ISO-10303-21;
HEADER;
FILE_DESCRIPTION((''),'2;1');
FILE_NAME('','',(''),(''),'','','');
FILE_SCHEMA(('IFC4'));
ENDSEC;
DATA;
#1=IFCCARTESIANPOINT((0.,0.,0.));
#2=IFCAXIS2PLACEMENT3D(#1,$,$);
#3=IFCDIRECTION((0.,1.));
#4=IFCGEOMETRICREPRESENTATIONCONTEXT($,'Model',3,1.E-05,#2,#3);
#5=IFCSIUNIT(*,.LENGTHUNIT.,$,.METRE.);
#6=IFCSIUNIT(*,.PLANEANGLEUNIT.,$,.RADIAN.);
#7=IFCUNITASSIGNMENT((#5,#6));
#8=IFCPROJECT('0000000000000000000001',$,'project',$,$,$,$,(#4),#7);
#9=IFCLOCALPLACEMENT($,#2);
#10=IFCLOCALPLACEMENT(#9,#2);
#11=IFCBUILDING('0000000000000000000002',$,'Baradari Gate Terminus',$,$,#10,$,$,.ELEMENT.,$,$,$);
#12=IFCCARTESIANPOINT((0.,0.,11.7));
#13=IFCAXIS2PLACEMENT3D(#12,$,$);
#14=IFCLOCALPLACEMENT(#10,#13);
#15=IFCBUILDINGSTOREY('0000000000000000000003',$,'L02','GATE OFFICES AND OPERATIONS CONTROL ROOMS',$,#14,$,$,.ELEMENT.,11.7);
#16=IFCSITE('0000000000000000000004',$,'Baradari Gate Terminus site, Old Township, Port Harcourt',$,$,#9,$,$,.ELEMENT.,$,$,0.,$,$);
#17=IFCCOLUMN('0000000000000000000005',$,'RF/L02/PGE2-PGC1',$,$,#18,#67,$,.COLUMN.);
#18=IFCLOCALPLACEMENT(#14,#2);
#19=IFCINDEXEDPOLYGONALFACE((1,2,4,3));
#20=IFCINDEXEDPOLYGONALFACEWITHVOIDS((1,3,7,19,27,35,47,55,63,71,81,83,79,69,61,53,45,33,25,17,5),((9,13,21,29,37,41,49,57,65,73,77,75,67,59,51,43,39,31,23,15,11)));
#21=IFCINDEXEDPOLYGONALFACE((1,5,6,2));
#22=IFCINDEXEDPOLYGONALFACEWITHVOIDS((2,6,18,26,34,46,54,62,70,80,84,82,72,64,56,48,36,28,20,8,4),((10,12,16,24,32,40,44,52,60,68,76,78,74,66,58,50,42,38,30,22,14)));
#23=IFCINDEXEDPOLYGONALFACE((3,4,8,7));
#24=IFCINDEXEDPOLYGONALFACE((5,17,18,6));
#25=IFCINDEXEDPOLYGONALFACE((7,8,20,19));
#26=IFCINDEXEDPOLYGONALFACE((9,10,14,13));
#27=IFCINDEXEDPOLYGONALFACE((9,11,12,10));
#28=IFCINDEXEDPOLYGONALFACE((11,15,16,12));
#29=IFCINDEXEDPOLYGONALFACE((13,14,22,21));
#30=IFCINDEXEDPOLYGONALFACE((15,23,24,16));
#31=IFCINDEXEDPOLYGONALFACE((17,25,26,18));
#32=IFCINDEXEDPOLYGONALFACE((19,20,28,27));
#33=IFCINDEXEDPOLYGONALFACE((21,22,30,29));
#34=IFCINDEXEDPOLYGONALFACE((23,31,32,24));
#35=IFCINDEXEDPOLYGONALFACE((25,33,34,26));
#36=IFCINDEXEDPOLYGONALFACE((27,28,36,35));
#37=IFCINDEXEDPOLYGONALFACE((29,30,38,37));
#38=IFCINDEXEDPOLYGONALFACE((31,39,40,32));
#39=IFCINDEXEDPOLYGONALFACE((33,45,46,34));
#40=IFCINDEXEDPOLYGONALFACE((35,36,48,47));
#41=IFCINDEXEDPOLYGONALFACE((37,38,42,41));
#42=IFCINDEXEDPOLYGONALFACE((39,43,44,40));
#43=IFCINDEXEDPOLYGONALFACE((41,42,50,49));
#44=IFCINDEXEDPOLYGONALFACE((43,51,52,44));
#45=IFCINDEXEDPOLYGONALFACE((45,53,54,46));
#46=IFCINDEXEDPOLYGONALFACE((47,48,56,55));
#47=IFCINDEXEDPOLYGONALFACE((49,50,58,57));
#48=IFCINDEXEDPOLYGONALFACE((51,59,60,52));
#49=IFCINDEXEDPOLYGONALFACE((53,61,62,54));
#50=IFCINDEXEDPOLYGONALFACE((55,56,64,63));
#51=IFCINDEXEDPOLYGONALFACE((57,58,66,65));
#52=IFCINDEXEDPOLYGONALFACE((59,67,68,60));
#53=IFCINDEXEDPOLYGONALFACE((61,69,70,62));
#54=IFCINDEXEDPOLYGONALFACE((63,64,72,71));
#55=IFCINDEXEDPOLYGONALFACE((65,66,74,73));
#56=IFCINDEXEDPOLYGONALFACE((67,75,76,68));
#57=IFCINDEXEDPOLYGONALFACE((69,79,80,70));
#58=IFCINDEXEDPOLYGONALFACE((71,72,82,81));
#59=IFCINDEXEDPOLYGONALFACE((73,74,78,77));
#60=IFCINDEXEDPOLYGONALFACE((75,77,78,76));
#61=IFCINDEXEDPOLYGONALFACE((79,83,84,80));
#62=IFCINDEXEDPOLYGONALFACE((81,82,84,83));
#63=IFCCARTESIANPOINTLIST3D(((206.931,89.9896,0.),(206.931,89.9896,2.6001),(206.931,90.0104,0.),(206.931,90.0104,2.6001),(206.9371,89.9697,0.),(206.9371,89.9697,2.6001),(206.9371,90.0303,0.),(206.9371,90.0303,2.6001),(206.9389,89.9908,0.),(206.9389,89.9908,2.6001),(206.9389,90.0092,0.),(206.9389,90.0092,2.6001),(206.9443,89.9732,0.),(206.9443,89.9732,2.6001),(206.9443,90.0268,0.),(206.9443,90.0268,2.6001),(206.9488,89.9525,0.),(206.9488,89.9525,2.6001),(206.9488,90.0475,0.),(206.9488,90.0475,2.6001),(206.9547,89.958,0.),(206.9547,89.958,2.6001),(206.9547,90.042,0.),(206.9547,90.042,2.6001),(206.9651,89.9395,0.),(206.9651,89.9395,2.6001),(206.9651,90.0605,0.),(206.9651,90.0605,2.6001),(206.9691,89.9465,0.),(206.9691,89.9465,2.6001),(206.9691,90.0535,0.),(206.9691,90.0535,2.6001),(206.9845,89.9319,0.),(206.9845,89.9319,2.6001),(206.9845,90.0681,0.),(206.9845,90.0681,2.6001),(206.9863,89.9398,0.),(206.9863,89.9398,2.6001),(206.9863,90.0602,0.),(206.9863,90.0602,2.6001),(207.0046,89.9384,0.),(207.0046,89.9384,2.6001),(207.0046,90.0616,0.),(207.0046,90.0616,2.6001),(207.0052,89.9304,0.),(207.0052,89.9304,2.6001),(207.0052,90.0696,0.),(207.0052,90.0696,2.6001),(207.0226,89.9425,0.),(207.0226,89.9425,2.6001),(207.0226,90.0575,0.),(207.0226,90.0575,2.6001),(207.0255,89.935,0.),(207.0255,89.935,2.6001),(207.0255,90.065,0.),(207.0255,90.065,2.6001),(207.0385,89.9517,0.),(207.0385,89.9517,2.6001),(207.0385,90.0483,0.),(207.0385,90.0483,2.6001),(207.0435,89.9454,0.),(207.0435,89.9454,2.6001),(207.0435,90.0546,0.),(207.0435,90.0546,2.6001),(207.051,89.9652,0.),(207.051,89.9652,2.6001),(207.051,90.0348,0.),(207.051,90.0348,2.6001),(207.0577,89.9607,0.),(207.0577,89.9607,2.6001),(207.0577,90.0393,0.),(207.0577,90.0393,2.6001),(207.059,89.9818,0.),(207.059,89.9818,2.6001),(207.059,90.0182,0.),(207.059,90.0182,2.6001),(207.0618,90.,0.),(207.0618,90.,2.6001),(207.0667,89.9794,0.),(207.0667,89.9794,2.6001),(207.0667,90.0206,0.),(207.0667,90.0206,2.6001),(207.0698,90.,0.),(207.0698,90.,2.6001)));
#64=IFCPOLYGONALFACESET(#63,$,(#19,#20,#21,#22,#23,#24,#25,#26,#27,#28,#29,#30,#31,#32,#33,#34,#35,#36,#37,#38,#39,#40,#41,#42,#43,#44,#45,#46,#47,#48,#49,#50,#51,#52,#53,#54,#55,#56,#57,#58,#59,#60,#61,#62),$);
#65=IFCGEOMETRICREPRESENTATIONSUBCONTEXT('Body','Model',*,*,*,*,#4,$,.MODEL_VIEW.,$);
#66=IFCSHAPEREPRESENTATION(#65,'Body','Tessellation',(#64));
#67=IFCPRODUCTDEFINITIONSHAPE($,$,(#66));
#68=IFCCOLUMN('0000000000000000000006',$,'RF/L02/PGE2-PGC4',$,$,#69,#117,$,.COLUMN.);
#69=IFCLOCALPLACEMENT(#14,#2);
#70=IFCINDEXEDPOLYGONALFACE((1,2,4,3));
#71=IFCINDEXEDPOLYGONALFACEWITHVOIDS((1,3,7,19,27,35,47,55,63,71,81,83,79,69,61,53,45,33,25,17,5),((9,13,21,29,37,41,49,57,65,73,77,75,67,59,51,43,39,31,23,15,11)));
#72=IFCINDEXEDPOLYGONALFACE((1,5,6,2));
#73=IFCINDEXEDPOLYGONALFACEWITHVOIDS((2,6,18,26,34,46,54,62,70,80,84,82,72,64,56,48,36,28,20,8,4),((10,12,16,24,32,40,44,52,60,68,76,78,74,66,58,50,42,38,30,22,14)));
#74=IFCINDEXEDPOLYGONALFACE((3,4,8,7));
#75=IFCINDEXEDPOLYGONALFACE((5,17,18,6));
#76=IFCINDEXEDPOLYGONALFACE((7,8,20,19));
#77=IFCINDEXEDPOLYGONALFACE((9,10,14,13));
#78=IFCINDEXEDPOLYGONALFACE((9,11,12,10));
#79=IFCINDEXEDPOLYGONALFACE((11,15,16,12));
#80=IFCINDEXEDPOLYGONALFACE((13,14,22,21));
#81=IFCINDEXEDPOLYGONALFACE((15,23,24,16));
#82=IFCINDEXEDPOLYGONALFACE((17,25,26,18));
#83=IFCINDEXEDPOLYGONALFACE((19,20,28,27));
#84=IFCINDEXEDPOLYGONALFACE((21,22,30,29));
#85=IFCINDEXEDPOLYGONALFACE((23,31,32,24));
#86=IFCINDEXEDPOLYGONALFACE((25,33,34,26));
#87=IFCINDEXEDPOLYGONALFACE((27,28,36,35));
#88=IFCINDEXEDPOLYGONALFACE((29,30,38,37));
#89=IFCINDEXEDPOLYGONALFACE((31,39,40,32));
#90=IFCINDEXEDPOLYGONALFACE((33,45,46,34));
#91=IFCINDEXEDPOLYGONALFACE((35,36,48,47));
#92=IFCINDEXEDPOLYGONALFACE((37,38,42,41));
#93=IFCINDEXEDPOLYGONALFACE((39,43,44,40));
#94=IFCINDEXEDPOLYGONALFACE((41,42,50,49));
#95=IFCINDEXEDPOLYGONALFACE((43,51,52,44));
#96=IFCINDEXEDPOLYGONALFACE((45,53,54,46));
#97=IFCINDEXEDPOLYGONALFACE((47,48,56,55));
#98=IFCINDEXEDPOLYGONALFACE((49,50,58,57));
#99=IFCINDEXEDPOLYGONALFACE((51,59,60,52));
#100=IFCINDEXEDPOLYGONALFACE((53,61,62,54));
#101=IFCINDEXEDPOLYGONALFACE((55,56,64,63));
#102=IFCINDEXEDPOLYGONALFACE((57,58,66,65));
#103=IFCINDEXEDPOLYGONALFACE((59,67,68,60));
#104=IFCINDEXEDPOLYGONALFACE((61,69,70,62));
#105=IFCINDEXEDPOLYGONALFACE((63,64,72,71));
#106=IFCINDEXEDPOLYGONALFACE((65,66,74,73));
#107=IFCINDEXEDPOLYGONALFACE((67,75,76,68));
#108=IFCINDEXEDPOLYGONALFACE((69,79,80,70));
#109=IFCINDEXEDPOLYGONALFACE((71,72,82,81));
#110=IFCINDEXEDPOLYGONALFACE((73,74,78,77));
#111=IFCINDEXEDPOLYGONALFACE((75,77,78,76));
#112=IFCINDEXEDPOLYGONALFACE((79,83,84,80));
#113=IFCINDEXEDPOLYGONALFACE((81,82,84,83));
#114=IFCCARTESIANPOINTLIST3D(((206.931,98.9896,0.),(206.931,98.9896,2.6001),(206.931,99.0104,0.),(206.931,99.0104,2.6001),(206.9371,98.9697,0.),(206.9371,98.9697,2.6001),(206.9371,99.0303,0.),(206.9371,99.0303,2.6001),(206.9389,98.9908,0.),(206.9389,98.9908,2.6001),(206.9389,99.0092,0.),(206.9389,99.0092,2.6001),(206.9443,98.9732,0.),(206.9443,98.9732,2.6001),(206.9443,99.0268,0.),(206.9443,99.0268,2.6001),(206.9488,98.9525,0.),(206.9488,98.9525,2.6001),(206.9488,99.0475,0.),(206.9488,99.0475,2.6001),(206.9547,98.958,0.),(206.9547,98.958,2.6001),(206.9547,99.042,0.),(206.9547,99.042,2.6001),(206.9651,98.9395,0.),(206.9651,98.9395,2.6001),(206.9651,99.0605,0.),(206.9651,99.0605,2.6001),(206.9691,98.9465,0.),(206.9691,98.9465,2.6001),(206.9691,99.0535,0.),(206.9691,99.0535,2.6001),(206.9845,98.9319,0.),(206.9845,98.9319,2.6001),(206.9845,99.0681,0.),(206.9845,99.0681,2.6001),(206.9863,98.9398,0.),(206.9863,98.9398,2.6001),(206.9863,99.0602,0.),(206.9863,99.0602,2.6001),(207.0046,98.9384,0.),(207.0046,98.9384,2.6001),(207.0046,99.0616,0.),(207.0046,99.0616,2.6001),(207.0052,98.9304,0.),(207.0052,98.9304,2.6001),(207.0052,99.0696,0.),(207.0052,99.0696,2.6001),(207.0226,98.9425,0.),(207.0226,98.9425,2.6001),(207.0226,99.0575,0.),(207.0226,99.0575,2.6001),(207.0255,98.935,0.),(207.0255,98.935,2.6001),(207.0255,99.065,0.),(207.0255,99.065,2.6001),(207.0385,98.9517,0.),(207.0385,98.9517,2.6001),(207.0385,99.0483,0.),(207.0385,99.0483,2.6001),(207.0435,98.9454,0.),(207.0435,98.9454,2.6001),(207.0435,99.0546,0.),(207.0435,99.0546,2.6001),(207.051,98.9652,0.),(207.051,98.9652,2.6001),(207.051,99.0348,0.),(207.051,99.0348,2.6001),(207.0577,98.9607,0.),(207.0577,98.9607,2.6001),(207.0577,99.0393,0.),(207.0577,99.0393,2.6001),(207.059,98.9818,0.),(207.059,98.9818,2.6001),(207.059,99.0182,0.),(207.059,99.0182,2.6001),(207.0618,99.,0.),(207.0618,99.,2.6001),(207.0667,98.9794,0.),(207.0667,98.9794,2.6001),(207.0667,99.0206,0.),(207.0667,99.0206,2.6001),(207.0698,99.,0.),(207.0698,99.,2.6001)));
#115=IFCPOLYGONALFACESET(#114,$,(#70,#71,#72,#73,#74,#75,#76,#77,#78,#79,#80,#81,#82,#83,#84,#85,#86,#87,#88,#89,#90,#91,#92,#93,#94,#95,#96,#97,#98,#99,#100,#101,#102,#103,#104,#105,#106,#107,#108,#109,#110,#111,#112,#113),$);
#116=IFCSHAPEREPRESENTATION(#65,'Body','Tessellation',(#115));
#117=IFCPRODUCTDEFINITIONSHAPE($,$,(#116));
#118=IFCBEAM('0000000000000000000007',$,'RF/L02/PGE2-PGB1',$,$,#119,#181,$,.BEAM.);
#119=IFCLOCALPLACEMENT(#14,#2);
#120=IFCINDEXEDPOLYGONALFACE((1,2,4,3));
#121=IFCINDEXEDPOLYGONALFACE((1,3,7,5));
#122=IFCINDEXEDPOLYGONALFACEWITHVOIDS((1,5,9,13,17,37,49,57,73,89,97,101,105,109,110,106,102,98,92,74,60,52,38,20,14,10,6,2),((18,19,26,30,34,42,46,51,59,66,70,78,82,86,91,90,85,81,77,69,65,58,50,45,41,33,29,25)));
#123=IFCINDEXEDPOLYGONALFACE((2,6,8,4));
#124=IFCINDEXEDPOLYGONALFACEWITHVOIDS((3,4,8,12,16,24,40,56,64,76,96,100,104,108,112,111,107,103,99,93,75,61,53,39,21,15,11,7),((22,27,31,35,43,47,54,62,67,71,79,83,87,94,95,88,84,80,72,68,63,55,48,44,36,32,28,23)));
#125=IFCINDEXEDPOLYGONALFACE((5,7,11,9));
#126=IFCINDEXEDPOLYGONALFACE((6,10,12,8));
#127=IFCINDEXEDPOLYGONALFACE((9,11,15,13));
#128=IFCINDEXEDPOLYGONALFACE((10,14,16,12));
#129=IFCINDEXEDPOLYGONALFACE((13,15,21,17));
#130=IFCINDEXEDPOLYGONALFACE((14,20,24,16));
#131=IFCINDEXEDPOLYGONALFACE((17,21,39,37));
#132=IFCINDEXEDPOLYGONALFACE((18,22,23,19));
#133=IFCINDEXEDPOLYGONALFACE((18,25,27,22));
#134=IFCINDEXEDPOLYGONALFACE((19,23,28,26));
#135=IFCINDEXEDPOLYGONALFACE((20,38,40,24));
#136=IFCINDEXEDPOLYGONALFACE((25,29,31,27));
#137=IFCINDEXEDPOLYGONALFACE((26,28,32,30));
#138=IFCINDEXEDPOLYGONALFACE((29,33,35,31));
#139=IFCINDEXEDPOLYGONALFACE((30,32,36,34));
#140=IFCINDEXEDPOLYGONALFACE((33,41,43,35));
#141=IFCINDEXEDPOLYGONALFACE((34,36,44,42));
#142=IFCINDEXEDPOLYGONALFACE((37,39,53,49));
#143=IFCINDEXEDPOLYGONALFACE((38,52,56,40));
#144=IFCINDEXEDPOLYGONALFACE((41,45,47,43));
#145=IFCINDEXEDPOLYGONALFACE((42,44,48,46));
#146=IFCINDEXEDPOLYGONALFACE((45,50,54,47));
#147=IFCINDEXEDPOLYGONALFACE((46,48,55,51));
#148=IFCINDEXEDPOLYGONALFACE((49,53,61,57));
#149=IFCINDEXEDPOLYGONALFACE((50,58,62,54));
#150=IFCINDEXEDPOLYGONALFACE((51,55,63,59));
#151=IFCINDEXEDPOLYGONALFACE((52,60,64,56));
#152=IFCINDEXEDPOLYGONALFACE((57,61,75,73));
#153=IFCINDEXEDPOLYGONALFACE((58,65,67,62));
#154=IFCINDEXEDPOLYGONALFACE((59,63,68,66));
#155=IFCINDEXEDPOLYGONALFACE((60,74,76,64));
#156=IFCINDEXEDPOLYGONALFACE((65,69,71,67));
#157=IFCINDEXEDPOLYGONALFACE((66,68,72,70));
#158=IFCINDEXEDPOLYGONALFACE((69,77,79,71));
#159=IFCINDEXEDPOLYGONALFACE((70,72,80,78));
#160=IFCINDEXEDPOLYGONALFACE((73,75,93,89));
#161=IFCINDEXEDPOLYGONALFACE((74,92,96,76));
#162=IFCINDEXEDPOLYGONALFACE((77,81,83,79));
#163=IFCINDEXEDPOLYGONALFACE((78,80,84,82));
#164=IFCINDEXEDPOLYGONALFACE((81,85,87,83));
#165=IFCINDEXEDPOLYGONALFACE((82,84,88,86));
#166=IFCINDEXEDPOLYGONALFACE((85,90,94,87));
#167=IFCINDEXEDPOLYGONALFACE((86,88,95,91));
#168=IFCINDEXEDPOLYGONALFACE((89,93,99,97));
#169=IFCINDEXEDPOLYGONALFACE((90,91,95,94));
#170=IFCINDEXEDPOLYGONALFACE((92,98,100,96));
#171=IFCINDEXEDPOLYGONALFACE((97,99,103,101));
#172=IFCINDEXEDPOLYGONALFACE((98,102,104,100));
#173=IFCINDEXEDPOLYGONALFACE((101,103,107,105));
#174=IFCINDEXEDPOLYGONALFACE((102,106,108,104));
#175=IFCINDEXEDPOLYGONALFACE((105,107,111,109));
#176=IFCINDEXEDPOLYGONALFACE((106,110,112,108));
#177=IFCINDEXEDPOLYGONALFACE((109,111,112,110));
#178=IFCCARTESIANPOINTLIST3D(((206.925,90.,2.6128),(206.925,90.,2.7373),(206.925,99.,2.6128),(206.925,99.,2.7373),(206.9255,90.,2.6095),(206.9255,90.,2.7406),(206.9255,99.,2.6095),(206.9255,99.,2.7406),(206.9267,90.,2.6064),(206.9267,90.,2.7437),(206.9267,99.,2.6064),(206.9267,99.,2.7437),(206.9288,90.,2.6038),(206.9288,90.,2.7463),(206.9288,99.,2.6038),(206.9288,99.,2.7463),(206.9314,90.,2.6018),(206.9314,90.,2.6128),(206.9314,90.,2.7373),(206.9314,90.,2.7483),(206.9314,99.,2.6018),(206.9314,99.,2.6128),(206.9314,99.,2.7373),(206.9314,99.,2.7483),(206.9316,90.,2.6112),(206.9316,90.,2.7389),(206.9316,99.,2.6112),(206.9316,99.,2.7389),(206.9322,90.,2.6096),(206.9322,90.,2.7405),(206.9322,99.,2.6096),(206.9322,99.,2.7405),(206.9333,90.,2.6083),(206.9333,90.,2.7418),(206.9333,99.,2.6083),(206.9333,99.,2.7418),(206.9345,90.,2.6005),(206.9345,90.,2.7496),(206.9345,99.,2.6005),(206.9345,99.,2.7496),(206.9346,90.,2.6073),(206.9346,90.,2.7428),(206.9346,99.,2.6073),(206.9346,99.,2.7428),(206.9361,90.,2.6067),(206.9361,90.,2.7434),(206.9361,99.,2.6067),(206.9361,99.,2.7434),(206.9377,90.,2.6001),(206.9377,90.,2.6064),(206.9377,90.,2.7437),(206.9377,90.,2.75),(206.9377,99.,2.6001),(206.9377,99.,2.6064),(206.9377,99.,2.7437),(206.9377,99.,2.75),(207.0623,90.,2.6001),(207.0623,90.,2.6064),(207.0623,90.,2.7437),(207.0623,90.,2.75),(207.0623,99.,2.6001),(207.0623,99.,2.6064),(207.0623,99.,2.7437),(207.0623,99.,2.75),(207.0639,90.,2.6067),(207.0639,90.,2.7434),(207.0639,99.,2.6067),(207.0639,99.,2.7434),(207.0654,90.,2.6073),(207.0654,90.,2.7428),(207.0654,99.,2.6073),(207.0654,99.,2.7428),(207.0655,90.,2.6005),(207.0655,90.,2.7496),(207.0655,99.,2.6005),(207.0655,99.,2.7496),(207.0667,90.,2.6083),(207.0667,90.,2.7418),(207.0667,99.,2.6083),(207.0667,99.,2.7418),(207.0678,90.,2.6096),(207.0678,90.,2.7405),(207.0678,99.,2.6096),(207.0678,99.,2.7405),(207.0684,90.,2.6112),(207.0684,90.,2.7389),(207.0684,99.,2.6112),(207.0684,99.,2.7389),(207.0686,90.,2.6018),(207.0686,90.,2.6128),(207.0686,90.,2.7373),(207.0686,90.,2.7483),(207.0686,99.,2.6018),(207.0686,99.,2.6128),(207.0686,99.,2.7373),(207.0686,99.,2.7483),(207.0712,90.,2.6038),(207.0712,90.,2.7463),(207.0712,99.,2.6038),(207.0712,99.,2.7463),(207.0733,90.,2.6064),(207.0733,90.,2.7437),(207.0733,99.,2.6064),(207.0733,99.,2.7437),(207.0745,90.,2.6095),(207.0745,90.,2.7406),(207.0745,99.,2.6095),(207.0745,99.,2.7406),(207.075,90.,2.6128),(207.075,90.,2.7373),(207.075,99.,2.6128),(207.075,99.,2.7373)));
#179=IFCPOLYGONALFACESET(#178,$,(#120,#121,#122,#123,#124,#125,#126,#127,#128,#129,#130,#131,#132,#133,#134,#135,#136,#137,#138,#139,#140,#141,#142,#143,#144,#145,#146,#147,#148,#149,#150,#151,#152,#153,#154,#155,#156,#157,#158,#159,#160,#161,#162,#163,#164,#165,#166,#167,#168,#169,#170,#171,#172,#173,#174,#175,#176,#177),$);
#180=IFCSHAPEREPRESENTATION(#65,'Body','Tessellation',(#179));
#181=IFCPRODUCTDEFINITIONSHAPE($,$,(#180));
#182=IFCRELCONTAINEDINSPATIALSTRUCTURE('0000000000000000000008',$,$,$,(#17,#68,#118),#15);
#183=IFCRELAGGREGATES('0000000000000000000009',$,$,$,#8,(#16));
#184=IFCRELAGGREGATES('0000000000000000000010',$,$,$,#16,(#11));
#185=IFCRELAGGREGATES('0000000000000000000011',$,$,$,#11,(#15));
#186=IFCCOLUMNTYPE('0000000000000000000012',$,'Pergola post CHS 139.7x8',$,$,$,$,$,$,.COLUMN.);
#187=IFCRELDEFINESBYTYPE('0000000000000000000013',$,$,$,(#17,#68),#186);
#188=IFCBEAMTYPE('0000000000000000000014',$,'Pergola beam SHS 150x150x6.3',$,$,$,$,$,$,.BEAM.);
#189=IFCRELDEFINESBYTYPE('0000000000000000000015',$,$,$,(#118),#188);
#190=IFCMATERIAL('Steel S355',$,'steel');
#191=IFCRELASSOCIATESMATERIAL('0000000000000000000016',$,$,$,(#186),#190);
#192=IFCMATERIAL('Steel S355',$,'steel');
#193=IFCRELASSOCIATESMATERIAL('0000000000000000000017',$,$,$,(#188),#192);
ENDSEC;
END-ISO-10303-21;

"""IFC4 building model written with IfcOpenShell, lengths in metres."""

from ifc_helpers import new_model, si_unit, direction, frame, origin, origin_2d, place, context, subcontext, project, spatial, hollow_rectangle, hollow_circle, extrude, material, material_profile, profile_set, type_object, element, save


model = new_model("IFC4")

# Units and contexts
model_context = context("Model", 3, precision=1e-05, world=origin(), true_north=direction((0.0, 1.0)))
body_context = subcontext(model_context, "Body", "Model", "MODEL_VIEW")
ifc_project = project(units=[si_unit("LENGTHUNIT", "METRE"), si_unit("PLANEANGLEUNIT", "RADIAN")], contexts=[model_context])

# Site, building, storey
site_placement = place(None, origin())
site = spatial("IfcSite", under=ifc_project, at=site_placement, Name="Baradari Gate Terminus site, Old Township, Port Harcourt", CompositionType="ELEMENT", RefElevation=0.0)
building_placement = place(site_placement, origin())
building = spatial("IfcBuilding", under=site, at=building_placement, Name="Baradari Gate Terminus", CompositionType="ELEMENT")
storey_placement = place(building_placement, frame((0.0, 0.0, 11.7)))
storey = spatial("IfcBuildingStorey", under=building, at=storey_placement, Name="L02", Description="GATE OFFICES AND OPERATIONS CONTROL ROOMS", CompositionType="ELEMENT", Elevation=11.7)

# Columns
ifc_material_1 = material(Name="Steel S355", Category="steel")
ifc_material_profile_1 = material_profile(ifc_material_1, hollow_circle(Radius=0.0698, WallThickness=0.0081, at=origin_2d()), Name="CHS 139.7x8")
ifc_profile_set_1 = profile_set([ifc_material_profile_1], Name="Steel S355")
column_type = type_object("IfcColumnType", Name="Pergola post CHS 139.7x8", PredefinedType="COLUMN", material=ifc_profile_set_1)
for number, where, z_axis, x_axis, name in (
    (1, (207.0, 90.0, 0.0), (0.0, 0.0, 1.0), (1.0, 0.0, 0.0), "RF/L02/PGE2-PGC1"),
    (2, (207.0, 99.0, 0.0), (0.0, 0.0, 1.0), (1.0, 0.0, 0.0), "RF/L02/PGE2-PGC4"),
):
    element("IfcColumn", number, at=place(storey_placement, frame(where, z_axis=z_axis, x_axis=x_axis)), inside=storey, type_object=column_type, Name=name, PredefinedType="COLUMN", context=body_context, shape_type="SweptSolid", body=[
        extrude(hollow_circle(Radius=0.0698, WallThickness=0.0081, at=origin_2d()), origin(), (0.0, 0.0, 1.0), 2.6001),
    ])

# Beam
ifc_material_2 = material(Name="Steel S355", Category="steel")
ifc_material_profile_2 = material_profile(ifc_material_2, hollow_rectangle(XDim=0.1499, YDim=0.1499, WallThickness=0.0063, InnerFilletRadius=0.0063, OuterFilletRadius=0.0127, at=origin_2d()), Name="SHS 150x150x6.3")
ifc_profile_set_2 = profile_set([ifc_material_profile_2], Name="Steel S355")
beam_type = type_object("IfcBeamType", Name="Pergola beam SHS 150x150x6.3", PredefinedType="BEAM", material=ifc_profile_set_2)
beam_placement = place(storey_placement, frame((207.0, 90.0, 2.675), z_axis=(0.0, 1.0, 0.0), x_axis=(-1.0, 0.0, 0.0)))
element("IfcBeam", 3, at=beam_placement, inside=storey, type_object=beam_type, Name="RF/L02/PGE2-PGB1", PredefinedType="BEAM", context=body_context, shape_type="SweptSolid", body=[
    extrude(hollow_rectangle(XDim=0.1499, YDim=0.1499, WallThickness=0.0063, InnerFilletRadius=0.0063, OuterFilletRadius=0.0127, at=origin_2d()), origin(), (0.0, 0.0, 1.0), 9.0),
])

save(model, "model.ifc")
